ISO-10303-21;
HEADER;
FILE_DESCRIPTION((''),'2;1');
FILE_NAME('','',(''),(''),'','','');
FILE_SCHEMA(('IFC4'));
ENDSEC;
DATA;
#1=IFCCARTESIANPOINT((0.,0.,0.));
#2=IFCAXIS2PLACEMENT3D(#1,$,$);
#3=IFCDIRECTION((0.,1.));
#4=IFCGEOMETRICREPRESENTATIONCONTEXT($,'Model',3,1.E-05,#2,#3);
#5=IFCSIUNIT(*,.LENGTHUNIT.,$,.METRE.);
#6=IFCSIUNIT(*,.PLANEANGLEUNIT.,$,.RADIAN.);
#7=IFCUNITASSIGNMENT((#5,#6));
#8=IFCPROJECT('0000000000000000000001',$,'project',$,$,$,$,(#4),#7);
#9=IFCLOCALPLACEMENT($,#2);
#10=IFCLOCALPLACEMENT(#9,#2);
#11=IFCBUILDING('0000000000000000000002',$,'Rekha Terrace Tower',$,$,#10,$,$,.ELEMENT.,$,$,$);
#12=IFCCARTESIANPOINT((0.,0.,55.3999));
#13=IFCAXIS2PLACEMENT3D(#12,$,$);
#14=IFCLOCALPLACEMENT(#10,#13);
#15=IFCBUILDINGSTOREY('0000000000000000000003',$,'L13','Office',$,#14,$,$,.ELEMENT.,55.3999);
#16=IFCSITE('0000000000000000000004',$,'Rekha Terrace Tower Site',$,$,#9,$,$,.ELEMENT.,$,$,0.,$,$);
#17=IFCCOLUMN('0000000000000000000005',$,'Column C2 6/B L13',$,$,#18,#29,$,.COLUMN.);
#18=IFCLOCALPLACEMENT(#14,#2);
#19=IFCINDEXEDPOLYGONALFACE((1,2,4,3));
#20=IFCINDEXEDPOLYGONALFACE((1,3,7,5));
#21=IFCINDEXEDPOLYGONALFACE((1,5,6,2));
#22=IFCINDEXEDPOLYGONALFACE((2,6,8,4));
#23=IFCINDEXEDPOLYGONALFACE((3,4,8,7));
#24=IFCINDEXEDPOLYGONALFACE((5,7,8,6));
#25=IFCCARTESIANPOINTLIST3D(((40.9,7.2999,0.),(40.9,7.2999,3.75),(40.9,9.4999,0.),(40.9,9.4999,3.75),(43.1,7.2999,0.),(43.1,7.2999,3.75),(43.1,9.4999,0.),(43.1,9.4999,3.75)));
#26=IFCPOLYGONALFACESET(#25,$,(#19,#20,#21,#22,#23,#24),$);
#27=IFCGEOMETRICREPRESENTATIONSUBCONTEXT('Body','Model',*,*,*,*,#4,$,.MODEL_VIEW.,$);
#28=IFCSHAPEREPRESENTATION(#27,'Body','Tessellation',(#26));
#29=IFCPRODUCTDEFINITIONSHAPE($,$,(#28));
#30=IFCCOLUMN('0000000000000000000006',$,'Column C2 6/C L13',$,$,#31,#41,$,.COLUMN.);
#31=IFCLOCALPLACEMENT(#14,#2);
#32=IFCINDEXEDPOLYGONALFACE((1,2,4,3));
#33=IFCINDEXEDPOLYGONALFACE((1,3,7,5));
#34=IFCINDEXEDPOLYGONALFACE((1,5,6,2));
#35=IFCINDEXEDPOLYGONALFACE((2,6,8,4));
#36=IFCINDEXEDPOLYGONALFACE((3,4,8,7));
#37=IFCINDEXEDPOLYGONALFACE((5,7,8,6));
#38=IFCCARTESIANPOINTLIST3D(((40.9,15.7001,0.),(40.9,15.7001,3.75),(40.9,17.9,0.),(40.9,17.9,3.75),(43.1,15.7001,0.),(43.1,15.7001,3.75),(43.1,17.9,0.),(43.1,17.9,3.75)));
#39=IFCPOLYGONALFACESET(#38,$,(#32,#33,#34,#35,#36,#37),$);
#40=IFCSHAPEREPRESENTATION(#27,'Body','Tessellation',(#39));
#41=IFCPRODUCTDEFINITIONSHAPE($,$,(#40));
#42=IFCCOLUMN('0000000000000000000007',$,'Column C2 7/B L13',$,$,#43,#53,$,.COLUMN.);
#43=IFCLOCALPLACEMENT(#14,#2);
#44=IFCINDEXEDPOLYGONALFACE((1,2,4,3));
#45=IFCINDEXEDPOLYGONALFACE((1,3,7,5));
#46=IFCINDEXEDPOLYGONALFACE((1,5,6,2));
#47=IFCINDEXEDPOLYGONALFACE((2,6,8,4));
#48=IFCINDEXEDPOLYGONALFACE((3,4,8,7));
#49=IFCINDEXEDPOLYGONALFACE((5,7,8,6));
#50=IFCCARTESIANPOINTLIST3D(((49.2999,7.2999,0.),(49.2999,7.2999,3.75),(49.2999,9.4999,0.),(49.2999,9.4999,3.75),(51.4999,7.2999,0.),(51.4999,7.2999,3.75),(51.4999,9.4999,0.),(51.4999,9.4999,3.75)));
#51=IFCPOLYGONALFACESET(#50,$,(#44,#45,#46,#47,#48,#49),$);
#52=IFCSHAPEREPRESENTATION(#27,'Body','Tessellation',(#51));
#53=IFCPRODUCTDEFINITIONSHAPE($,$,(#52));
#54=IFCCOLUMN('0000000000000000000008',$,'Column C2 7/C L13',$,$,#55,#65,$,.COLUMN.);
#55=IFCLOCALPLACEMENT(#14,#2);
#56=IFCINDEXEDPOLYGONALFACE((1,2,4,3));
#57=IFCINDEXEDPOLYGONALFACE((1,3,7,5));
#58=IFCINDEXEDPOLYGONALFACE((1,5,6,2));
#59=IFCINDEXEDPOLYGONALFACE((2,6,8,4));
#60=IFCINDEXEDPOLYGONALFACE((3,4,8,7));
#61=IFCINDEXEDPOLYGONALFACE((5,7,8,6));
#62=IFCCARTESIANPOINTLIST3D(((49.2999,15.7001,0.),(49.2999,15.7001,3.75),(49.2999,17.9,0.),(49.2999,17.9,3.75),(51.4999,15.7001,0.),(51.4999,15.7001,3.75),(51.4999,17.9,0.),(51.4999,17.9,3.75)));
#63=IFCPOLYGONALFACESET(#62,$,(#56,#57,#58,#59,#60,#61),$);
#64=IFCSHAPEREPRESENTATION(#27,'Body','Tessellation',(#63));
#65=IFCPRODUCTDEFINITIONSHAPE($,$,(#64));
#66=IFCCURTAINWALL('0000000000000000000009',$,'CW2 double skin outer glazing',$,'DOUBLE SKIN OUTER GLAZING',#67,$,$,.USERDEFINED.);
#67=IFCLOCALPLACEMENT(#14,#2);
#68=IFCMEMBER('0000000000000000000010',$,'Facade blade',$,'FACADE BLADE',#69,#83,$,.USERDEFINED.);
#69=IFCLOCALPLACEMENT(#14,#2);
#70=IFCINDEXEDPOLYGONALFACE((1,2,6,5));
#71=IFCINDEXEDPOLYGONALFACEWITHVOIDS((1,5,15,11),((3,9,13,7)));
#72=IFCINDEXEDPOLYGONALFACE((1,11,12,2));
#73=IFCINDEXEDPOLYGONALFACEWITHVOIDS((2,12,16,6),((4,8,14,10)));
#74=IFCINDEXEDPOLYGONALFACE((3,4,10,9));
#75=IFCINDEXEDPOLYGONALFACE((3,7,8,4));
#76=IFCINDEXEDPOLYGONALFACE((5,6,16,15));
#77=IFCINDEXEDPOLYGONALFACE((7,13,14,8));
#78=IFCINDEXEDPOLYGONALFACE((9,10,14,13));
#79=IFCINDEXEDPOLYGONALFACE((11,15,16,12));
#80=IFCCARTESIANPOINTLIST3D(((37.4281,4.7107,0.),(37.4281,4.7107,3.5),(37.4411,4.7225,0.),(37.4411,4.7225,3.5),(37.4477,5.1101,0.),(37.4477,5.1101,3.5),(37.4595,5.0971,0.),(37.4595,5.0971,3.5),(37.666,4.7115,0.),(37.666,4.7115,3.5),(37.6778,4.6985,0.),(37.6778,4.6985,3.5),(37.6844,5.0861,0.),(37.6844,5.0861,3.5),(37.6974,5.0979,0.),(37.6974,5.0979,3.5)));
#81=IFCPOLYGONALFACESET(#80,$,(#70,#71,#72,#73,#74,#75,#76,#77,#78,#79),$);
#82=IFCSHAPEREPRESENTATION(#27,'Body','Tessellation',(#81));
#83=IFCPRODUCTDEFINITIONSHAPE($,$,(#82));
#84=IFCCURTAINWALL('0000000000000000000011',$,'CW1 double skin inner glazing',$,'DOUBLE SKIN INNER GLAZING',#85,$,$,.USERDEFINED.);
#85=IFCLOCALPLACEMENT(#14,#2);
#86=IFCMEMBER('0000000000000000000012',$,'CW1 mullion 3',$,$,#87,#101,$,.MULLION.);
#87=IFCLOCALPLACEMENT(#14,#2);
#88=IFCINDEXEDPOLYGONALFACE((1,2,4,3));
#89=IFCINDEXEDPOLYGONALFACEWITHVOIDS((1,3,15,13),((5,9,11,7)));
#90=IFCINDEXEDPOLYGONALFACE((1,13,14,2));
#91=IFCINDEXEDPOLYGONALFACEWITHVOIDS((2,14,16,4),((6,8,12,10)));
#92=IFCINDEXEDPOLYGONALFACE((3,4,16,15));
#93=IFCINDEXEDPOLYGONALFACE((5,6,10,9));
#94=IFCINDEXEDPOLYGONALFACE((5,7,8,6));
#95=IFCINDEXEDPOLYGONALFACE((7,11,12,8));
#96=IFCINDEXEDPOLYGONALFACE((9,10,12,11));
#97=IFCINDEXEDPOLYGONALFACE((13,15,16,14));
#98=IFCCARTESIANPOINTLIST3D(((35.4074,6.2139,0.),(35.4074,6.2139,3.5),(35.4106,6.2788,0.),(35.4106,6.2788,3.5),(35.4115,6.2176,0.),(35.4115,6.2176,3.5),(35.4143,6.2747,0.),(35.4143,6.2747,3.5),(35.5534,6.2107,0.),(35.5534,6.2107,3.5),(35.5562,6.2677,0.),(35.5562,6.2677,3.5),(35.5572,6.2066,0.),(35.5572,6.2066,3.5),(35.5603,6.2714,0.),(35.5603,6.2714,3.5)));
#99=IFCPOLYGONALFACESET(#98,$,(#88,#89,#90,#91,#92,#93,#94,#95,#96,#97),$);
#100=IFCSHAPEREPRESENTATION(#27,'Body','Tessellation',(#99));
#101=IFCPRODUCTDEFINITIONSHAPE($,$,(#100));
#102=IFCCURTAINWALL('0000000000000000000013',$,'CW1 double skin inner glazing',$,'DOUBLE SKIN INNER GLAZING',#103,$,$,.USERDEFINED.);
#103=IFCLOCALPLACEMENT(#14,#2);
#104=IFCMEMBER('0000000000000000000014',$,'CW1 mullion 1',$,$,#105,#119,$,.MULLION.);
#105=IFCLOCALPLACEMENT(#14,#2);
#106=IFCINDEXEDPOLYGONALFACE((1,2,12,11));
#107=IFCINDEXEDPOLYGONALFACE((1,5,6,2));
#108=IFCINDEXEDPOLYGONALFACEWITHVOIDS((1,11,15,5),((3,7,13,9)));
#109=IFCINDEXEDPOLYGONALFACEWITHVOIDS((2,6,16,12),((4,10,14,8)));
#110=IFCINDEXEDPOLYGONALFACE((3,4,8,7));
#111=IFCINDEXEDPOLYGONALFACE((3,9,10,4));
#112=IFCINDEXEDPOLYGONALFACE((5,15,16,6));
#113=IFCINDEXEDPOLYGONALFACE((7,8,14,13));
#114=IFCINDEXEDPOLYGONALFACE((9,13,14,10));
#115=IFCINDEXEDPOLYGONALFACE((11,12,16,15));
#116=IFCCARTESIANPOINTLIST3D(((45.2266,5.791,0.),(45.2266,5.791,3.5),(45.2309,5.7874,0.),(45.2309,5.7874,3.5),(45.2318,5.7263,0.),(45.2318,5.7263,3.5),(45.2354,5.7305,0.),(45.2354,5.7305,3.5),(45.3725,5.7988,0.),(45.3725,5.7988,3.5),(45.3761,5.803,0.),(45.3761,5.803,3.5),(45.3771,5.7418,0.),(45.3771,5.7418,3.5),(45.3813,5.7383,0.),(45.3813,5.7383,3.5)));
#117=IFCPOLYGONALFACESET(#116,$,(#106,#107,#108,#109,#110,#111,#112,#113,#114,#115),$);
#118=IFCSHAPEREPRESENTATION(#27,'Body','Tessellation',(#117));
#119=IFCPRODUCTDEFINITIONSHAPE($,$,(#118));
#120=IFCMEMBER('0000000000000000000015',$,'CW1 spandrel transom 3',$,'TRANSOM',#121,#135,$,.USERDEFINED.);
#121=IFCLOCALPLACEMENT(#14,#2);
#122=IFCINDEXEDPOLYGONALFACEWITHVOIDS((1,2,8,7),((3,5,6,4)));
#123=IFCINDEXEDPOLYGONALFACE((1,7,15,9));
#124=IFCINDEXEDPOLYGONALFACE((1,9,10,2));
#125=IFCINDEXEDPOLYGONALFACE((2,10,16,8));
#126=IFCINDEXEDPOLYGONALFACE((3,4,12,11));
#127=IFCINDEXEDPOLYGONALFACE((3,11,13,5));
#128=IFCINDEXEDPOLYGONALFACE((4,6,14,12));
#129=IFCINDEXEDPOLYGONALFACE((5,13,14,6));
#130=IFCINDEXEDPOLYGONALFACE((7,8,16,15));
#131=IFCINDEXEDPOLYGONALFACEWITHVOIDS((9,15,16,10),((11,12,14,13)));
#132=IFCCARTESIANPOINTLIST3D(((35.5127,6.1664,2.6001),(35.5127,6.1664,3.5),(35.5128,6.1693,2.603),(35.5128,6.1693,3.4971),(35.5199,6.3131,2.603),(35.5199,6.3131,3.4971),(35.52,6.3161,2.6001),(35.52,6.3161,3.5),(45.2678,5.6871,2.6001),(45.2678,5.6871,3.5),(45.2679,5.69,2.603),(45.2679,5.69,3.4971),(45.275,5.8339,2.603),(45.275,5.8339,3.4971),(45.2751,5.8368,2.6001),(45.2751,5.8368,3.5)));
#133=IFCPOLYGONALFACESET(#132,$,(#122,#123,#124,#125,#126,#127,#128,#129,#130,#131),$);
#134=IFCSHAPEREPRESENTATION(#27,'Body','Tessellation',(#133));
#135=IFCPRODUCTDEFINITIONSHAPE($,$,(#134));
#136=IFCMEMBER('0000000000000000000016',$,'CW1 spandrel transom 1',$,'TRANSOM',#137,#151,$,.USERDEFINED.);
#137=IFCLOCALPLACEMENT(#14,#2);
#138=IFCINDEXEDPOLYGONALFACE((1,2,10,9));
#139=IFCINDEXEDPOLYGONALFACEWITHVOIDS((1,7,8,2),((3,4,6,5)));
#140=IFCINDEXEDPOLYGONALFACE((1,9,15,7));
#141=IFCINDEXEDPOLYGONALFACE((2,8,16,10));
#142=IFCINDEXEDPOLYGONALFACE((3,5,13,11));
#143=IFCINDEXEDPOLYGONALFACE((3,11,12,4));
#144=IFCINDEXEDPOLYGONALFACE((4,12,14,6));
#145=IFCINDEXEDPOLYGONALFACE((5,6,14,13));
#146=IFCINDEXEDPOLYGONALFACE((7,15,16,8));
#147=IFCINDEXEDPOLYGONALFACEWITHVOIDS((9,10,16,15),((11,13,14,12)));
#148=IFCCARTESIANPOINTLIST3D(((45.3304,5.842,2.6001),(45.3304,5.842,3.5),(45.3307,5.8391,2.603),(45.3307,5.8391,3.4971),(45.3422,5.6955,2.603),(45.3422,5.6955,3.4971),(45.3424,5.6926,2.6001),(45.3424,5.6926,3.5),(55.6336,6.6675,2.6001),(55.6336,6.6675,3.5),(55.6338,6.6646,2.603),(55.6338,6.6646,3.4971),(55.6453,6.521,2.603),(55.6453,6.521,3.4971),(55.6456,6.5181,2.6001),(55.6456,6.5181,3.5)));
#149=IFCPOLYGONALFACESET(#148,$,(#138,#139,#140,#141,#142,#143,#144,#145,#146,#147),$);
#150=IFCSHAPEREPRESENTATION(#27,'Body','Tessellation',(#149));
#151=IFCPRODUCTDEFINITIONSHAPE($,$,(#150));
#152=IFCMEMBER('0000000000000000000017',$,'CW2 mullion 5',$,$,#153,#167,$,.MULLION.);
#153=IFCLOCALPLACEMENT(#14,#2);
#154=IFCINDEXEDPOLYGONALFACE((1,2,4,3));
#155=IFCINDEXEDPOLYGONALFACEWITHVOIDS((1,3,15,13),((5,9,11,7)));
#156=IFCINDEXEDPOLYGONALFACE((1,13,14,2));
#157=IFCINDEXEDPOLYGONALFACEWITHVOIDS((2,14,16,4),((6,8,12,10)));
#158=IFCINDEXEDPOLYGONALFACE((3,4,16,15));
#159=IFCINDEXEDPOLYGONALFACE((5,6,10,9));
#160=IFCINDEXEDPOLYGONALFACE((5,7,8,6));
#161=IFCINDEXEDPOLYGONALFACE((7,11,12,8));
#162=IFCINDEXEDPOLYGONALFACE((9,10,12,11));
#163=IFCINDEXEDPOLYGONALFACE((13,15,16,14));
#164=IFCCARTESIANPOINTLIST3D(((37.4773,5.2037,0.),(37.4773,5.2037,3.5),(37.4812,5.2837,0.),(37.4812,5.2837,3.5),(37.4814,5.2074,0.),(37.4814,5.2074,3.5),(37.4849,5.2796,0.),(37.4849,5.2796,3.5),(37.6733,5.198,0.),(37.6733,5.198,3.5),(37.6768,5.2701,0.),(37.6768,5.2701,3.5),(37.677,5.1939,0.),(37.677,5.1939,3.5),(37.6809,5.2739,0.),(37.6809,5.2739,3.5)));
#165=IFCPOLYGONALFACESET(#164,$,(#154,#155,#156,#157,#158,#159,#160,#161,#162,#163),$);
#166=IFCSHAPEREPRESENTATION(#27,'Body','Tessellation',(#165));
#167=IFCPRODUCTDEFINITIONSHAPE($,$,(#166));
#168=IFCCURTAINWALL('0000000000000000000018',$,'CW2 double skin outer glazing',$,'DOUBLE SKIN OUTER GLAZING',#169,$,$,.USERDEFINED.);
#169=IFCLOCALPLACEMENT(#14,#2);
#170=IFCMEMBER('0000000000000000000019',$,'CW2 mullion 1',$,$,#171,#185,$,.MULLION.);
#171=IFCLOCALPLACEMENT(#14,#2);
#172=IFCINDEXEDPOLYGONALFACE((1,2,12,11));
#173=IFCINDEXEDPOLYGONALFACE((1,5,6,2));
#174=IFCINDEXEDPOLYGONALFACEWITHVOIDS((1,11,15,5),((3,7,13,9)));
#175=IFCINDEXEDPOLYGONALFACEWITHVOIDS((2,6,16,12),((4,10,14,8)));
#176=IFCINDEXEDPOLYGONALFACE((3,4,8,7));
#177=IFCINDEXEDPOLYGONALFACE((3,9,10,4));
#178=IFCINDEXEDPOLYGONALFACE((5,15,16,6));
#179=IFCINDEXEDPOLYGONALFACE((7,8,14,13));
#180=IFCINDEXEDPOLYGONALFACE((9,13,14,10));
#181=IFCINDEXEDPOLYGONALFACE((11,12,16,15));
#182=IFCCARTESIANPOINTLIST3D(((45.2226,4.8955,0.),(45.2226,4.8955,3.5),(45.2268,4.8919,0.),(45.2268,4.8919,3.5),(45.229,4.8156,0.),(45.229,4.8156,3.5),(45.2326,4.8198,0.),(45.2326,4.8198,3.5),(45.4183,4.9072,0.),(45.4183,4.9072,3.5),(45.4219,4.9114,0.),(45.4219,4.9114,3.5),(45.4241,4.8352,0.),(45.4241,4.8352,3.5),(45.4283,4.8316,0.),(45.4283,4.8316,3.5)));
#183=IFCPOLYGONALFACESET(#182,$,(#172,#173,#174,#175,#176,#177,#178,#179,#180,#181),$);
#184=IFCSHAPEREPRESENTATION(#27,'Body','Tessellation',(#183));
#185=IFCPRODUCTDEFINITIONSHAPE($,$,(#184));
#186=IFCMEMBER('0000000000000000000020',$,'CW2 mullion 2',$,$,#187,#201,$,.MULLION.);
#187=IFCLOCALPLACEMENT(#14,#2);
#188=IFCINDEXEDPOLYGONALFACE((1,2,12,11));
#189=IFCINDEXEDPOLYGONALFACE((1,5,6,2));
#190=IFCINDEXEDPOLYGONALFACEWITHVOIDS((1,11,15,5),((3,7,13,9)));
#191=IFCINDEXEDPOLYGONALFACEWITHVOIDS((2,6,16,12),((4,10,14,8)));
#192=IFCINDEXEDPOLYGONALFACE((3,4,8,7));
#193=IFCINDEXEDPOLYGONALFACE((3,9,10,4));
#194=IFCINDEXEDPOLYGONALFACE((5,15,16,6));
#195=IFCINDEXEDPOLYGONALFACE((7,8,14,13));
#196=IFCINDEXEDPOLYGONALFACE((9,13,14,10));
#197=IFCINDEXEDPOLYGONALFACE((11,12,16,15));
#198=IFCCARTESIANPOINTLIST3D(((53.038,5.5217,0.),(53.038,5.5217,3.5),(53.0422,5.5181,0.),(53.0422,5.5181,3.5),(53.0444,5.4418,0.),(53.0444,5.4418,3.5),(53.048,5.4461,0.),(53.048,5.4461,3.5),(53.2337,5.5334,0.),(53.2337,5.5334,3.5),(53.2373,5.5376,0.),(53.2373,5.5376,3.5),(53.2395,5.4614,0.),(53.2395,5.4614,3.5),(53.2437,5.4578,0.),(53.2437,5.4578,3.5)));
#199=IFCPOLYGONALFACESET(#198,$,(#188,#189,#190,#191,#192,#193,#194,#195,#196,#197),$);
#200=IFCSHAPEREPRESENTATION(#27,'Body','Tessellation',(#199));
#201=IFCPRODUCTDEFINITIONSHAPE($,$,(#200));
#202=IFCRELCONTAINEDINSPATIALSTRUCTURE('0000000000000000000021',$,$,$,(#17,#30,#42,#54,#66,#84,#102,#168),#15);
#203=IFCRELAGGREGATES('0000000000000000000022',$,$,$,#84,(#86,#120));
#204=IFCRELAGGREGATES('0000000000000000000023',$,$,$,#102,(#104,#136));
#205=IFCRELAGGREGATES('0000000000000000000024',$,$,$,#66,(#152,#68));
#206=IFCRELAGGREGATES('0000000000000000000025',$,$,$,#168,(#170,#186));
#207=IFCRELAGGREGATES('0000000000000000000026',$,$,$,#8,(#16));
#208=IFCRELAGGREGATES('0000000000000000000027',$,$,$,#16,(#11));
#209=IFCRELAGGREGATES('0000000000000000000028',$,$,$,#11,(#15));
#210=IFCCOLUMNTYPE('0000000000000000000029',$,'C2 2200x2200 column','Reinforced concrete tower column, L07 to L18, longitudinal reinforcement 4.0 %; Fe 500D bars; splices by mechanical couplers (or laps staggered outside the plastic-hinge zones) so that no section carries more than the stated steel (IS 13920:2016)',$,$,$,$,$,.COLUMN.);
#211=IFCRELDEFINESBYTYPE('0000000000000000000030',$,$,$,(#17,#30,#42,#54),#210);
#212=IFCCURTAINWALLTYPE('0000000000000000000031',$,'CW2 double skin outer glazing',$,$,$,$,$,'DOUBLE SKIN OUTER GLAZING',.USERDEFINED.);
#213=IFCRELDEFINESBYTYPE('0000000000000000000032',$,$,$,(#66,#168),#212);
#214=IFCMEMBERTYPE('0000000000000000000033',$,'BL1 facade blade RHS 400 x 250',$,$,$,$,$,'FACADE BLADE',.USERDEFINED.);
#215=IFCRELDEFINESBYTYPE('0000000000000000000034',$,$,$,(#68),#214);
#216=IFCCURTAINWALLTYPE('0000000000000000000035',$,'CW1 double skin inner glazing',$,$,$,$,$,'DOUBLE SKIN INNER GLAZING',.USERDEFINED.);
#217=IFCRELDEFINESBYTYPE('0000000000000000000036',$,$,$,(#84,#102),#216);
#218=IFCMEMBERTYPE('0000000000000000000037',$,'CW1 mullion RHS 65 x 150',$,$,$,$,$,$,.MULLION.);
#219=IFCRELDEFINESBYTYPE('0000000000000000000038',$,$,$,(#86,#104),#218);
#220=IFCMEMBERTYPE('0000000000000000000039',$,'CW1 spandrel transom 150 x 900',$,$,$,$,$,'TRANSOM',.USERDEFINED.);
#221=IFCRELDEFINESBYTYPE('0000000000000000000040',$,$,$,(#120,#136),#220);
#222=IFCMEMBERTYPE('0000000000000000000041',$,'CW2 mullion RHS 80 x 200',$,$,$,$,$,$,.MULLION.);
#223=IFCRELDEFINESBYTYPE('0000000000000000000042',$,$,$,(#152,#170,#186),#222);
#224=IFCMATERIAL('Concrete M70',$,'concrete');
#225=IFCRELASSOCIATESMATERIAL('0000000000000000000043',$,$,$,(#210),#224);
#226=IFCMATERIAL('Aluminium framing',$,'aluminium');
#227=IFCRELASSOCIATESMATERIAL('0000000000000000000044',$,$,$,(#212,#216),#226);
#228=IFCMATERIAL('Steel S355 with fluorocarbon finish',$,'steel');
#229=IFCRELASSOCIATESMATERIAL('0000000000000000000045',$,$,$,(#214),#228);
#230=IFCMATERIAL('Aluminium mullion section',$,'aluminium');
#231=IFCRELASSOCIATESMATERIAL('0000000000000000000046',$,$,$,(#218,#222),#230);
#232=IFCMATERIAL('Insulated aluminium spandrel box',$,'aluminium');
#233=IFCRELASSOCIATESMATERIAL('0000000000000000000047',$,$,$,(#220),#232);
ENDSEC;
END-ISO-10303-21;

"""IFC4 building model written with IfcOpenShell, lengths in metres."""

from ifc_helpers import new_model, si_unit, direction, frame, origin, origin_2d, place, context, subcontext, project, spatial, rectangle, hollow_rectangle, extrude, material, material_profile, profile_set, type_object, element, aggregate, save


model = new_model("IFC4")

# Units and contexts
model_context = context("Model", 3, precision=1e-05, world=origin(), true_north=direction((0.0, 1.0)))
body_context = subcontext(model_context, "Body", "Model", "MODEL_VIEW")
ifc_project = project(units=[si_unit("LENGTHUNIT", "METRE"), si_unit("PLANEANGLEUNIT", "RADIAN")], contexts=[model_context])

# Site, building, storey
site_placement = place(None, origin())
site = spatial("IfcSite", under=ifc_project, at=site_placement, Name="Rekha Terrace Tower Site", CompositionType="ELEMENT", RefElevation=0.0)
building_placement = place(site_placement, origin())
building = spatial("IfcBuilding", under=site, at=building_placement, Name="Rekha Terrace Tower", CompositionType="ELEMENT")
storey_placement = place(building_placement, frame((0.0, 0.0, 55.3999)))
storey = spatial("IfcBuildingStorey", under=building, at=storey_placement, Name="L13", Description="Office", CompositionType="ELEMENT", Elevation=55.3999)

# Columns
ifc_material_1 = material(Name="Concrete M70", Category="concrete")
ifc_material_profile_1 = material_profile(ifc_material_1, rectangle(XDim=2.2, YDim=2.2, at=origin_2d()), Name="RC 2200x2200")
ifc_profile_set_1 = profile_set([ifc_material_profile_1], Name="Concrete M70")
column_type = type_object("IfcColumnType", Name="C2 2200x2200 column", Description="Reinforced concrete tower column, L07 to L18, longitudinal reinforcement 4.0 %; Fe 500D bars; splices by mechanical couplers (or laps staggered outside the plastic-hinge zones) so that no section carries more than the stated steel (IS 13920:2016)", PredefinedType="COLUMN", material=ifc_profile_set_1)
for number, where, z_axis, x_axis, name in (
    (1, (42.0, 8.3999, 0.0), (0.0, 0.0, 1.0), (1.0, 0.0, 0.0), "Column C2 6/B L13"),
    (2, (42.0, 16.8, 0.0), (0.0, 0.0, 1.0), (1.0, 0.0, 0.0), "Column C2 6/C L13"),
    (3, (50.3999, 8.3999, 0.0), (0.0, 0.0, 1.0), (1.0, 0.0, 0.0), "Column C2 7/B L13"),
    (4, (50.3999, 16.8, 0.0), (0.0, 0.0, 1.0), (1.0, 0.0, 0.0), "Column C2 7/C L13"),
):
    element("IfcColumn", number, at=place(storey_placement, frame(where, z_axis=z_axis, x_axis=x_axis)), inside=storey, type_object=column_type, Name=name, PredefinedType="COLUMN", context=body_context, shape_type="SweptSolid", body=[
        extrude(rectangle(XDim=2.2, YDim=2.2, at=origin_2d()), origin(), (0.0, 0.0, 1.0), 3.75),
    ])

# Curtain walls, members
ifc_material_2 = material(Name="Aluminium framing", Category="aluminium")
curtain_wall_type_1 = type_object("IfcCurtainWallType", Name="CW2 double skin outer glazing", ElementType="DOUBLE SKIN OUTER GLAZING", PredefinedType="USERDEFINED", material=ifc_material_2)
curtain_wall_1_placement = place(storey_placement, origin())
curtain_wall_1 = element("IfcCurtainWall", 5, at=curtain_wall_1_placement, inside=storey, type_object=curtain_wall_type_1, Name="CW2 double skin outer glazing", ObjectType="DOUBLE SKIN OUTER GLAZING", PredefinedType="USERDEFINED")
ifc_material_3 = material(Name="Steel S355 with fluorocarbon finish", Category="steel")
ifc_material_profile_2 = material_profile(ifc_material_3, hollow_rectangle(XDim=0.25, YDim=0.3999, WallThickness=0.0125, at=origin_2d()), Name="RHS400x250x12.5")
ifc_profile_set_2 = profile_set([ifc_material_profile_2], Name="Steel S355 with fluorocarbon finish")
member_type_1 = type_object("IfcMemberType", Name="BL1 facade blade RHS 400 x 250", ElementType="FACADE BLADE", PredefinedType="USERDEFINED", material=ifc_profile_set_2)
member_1_placement = place(storey_placement, frame((37.5627, 4.9043, 0.0), z_axis=(0.0, 0.0, 1.0), x_axis=(0.998796, -0.049052, 0.0)))
member_1 = element("IfcMember", 6, at=member_1_placement, type_object=member_type_1, Name="Facade blade", ObjectType="FACADE BLADE", PredefinedType="USERDEFINED", context=body_context, shape_type="SweptSolid", body=[
    extrude(hollow_rectangle(XDim=0.25, YDim=0.3999, WallThickness=0.0125, at=origin_2d()), origin(), (0.0, 0.0, 1.0), 3.5),
])
curtain_wall_type_2 = type_object("IfcCurtainWallType", Name="CW1 double skin inner glazing", ElementType="DOUBLE SKIN INNER GLAZING", PredefinedType="USERDEFINED", material=ifc_material_2)
curtain_wall_2_placement = place(storey_placement, origin())
curtain_wall_2 = element("IfcCurtainWall", 7, at=curtain_wall_2_placement, inside=storey, type_object=curtain_wall_type_2, Name="CW1 double skin inner glazing", ObjectType="DOUBLE SKIN INNER GLAZING", PredefinedType="USERDEFINED")
ifc_material_4 = material(Name="Aluminium mullion section", Category="aluminium")
ifc_material_profile_3 = material_profile(ifc_material_4, hollow_rectangle(XDim=0.0649, YDim=0.1499, WallThickness=0.0039, at=origin_2d()), Name="AL RHS 65x150")
ifc_profile_set_3 = profile_set([ifc_material_profile_3], Name="Aluminium mullion section")
member_type_2 = type_object("IfcMemberType", Name="CW1 mullion RHS 65 x 150", PredefinedType="MULLION", material=ifc_profile_set_3)
member_2_placement = place(storey_placement, frame((35.4839, 6.2427, 0.0), z_axis=(0.0, 0.0, 1.0), x_axis=(0.049052, 0.998796, 0.0)))
member_2 = element("IfcMember", 8, at=member_2_placement, type_object=member_type_2, Name="CW1 mullion 3", PredefinedType="MULLION", context=body_context, shape_type="SweptSolid", body=[
    extrude(hollow_rectangle(XDim=0.0649, YDim=0.1499, WallThickness=0.0039, at=origin_2d()), origin(), (0.0, 0.0, 1.0), 3.5),
])
curtain_wall_3_placement = place(storey_placement, origin())
curtain_wall_3 = element("IfcCurtainWall", 9, at=curtain_wall_3_placement, inside=storey, type_object=curtain_wall_type_2, Name="CW1 double skin inner glazing", ObjectType="DOUBLE SKIN INNER GLAZING", PredefinedType="USERDEFINED")
member_3_placement = place(storey_placement, frame((45.304, 5.7646, 0.0), z_axis=(0.0, 0.0, 1.0), x_axis=(-0.079872, 0.996805, 0.0)))
member_3 = element("IfcMember", 10, at=member_3_placement, type_object=member_type_2, Name="CW1 mullion 1", PredefinedType="MULLION", context=body_context, shape_type="SweptSolid", body=[
    extrude(hollow_rectangle(XDim=0.0649, YDim=0.1499, WallThickness=0.0039, at=origin_2d()), origin(), (0.0, 0.0, 1.0), 3.5),
])

# Members
ifc_material_5 = material(Name="Insulated aluminium spandrel box", Category="aluminium")
ifc_material_profile_4 = material_profile(ifc_material_5, hollow_rectangle(XDim=0.1499, YDim=0.8999, WallThickness=0.0029, at=origin_2d()), Name="AL SPANDREL BOX 150x900")
ifc_profile_set_4 = profile_set([ifc_material_profile_4], Name="Insulated aluminium spandrel box")
member_type_3 = type_object("IfcMemberType", Name="CW1 spandrel transom 150 x 900", ElementType="TRANSOM", PredefinedType="USERDEFINED", material=ifc_profile_set_4)
member_4_placement = place(storey_placement, frame((35.5164, 6.2412, 3.05), z_axis=(0.998795, -0.049069, 0.0), x_axis=(0.049069, 0.998795, 0.0)))
member_4 = element("IfcMember", 11, at=member_4_placement, type_object=member_type_3, Name="CW1 spandrel transom 3", ObjectType="TRANSOM", PredefinedType="USERDEFINED", context=body_context, shape_type="SweptSolid", body=[
    extrude(hollow_rectangle(XDim=0.1499, YDim=0.8999, WallThickness=0.0029, at=origin_2d()), origin(), (0.0, 0.0, 1.0), 9.7668),
])
member_5_placement = place(storey_placement, frame((45.3364, 5.7673, 3.05), z_axis=(0.996806, 0.079859, 0.0), x_axis=(-0.079859, 0.996806, 0.0)))
member_5 = element("IfcMember", 12, at=member_5_placement, type_object=member_type_3, Name="CW1 spandrel transom 1", ObjectType="TRANSOM", PredefinedType="USERDEFINED", context=body_context, shape_type="SweptSolid", body=[
    extrude(hollow_rectangle(XDim=0.1499, YDim=0.8999, WallThickness=0.0029, at=origin_2d()), origin(), (0.0, 0.0, 1.0), 10.3362),
])
ifc_material_profile_5 = material_profile(ifc_material_4, hollow_rectangle(XDim=0.0801, YDim=0.2, WallThickness=0.0039, at=origin_2d()), Name="AL RHS 80x200")
ifc_profile_set_5 = profile_set([ifc_material_profile_5], Name="Aluminium mullion section")
member_type_4 = type_object("IfcMemberType", Name="CW2 mullion RHS 80 x 200", PredefinedType="MULLION", material=ifc_profile_set_5)
member_6_placement = place(storey_placement, frame((37.5791, 5.2388, 0.0), z_axis=(0.0, 0.0, 1.0), x_axis=(0.049052, 0.998796, 0.0)))
member_6 = element("IfcMember", 13, at=member_6_placement, type_object=member_type_4, Name="CW2 mullion 5", PredefinedType="MULLION", context=body_context, shape_type="SweptSolid", body=[
    extrude(hollow_rectangle(XDim=0.0801, YDim=0.2, WallThickness=0.0039, at=origin_2d()), origin(), (0.0, 0.0, 1.0), 3.5),
])

# Curtain wall, members
curtain_wall_4_placement = place(storey_placement, origin())
curtain_wall_4 = element("IfcCurtainWall", 14, at=curtain_wall_4_placement, inside=storey, type_object=curtain_wall_type_1, Name="CW2 double skin outer glazing", ObjectType="DOUBLE SKIN OUTER GLAZING", PredefinedType="USERDEFINED")
member_7_placement = place(storey_placement, frame((45.3254, 4.8635, 0.0), z_axis=(0.0, 0.0, 1.0), x_axis=(-0.079872, 0.996805, 0.0)))
member_7 = element("IfcMember", 15, at=member_7_placement, type_object=member_type_4, Name="CW2 mullion 1", PredefinedType="MULLION", context=body_context, shape_type="SweptSolid", body=[
    extrude(hollow_rectangle(XDim=0.0801, YDim=0.2, WallThickness=0.0039, at=origin_2d()), origin(), (0.0, 0.0, 1.0), 3.5),
])
member_8_placement = place(storey_placement, frame((53.1409, 5.4897, 0.0), z_axis=(0.0, 0.0, 1.0), x_axis=(-0.079872, 0.996805, 0.0)))
member_8 = element("IfcMember", 16, at=member_8_placement, type_object=member_type_4, Name="CW2 mullion 2", PredefinedType="MULLION", context=body_context, shape_type="SweptSolid", body=[
    extrude(hollow_rectangle(XDim=0.0801, YDim=0.2, WallThickness=0.0039, at=origin_2d()), origin(), (0.0, 0.0, 1.0), 3.5),
])

aggregate(curtain_wall_2, [member_2, member_4])
aggregate(curtain_wall_3, [member_3, member_5])
aggregate(curtain_wall_1, [member_6, member_1])
aggregate(curtain_wall_4, [member_7, member_8])

save(model, "model.ifc")
